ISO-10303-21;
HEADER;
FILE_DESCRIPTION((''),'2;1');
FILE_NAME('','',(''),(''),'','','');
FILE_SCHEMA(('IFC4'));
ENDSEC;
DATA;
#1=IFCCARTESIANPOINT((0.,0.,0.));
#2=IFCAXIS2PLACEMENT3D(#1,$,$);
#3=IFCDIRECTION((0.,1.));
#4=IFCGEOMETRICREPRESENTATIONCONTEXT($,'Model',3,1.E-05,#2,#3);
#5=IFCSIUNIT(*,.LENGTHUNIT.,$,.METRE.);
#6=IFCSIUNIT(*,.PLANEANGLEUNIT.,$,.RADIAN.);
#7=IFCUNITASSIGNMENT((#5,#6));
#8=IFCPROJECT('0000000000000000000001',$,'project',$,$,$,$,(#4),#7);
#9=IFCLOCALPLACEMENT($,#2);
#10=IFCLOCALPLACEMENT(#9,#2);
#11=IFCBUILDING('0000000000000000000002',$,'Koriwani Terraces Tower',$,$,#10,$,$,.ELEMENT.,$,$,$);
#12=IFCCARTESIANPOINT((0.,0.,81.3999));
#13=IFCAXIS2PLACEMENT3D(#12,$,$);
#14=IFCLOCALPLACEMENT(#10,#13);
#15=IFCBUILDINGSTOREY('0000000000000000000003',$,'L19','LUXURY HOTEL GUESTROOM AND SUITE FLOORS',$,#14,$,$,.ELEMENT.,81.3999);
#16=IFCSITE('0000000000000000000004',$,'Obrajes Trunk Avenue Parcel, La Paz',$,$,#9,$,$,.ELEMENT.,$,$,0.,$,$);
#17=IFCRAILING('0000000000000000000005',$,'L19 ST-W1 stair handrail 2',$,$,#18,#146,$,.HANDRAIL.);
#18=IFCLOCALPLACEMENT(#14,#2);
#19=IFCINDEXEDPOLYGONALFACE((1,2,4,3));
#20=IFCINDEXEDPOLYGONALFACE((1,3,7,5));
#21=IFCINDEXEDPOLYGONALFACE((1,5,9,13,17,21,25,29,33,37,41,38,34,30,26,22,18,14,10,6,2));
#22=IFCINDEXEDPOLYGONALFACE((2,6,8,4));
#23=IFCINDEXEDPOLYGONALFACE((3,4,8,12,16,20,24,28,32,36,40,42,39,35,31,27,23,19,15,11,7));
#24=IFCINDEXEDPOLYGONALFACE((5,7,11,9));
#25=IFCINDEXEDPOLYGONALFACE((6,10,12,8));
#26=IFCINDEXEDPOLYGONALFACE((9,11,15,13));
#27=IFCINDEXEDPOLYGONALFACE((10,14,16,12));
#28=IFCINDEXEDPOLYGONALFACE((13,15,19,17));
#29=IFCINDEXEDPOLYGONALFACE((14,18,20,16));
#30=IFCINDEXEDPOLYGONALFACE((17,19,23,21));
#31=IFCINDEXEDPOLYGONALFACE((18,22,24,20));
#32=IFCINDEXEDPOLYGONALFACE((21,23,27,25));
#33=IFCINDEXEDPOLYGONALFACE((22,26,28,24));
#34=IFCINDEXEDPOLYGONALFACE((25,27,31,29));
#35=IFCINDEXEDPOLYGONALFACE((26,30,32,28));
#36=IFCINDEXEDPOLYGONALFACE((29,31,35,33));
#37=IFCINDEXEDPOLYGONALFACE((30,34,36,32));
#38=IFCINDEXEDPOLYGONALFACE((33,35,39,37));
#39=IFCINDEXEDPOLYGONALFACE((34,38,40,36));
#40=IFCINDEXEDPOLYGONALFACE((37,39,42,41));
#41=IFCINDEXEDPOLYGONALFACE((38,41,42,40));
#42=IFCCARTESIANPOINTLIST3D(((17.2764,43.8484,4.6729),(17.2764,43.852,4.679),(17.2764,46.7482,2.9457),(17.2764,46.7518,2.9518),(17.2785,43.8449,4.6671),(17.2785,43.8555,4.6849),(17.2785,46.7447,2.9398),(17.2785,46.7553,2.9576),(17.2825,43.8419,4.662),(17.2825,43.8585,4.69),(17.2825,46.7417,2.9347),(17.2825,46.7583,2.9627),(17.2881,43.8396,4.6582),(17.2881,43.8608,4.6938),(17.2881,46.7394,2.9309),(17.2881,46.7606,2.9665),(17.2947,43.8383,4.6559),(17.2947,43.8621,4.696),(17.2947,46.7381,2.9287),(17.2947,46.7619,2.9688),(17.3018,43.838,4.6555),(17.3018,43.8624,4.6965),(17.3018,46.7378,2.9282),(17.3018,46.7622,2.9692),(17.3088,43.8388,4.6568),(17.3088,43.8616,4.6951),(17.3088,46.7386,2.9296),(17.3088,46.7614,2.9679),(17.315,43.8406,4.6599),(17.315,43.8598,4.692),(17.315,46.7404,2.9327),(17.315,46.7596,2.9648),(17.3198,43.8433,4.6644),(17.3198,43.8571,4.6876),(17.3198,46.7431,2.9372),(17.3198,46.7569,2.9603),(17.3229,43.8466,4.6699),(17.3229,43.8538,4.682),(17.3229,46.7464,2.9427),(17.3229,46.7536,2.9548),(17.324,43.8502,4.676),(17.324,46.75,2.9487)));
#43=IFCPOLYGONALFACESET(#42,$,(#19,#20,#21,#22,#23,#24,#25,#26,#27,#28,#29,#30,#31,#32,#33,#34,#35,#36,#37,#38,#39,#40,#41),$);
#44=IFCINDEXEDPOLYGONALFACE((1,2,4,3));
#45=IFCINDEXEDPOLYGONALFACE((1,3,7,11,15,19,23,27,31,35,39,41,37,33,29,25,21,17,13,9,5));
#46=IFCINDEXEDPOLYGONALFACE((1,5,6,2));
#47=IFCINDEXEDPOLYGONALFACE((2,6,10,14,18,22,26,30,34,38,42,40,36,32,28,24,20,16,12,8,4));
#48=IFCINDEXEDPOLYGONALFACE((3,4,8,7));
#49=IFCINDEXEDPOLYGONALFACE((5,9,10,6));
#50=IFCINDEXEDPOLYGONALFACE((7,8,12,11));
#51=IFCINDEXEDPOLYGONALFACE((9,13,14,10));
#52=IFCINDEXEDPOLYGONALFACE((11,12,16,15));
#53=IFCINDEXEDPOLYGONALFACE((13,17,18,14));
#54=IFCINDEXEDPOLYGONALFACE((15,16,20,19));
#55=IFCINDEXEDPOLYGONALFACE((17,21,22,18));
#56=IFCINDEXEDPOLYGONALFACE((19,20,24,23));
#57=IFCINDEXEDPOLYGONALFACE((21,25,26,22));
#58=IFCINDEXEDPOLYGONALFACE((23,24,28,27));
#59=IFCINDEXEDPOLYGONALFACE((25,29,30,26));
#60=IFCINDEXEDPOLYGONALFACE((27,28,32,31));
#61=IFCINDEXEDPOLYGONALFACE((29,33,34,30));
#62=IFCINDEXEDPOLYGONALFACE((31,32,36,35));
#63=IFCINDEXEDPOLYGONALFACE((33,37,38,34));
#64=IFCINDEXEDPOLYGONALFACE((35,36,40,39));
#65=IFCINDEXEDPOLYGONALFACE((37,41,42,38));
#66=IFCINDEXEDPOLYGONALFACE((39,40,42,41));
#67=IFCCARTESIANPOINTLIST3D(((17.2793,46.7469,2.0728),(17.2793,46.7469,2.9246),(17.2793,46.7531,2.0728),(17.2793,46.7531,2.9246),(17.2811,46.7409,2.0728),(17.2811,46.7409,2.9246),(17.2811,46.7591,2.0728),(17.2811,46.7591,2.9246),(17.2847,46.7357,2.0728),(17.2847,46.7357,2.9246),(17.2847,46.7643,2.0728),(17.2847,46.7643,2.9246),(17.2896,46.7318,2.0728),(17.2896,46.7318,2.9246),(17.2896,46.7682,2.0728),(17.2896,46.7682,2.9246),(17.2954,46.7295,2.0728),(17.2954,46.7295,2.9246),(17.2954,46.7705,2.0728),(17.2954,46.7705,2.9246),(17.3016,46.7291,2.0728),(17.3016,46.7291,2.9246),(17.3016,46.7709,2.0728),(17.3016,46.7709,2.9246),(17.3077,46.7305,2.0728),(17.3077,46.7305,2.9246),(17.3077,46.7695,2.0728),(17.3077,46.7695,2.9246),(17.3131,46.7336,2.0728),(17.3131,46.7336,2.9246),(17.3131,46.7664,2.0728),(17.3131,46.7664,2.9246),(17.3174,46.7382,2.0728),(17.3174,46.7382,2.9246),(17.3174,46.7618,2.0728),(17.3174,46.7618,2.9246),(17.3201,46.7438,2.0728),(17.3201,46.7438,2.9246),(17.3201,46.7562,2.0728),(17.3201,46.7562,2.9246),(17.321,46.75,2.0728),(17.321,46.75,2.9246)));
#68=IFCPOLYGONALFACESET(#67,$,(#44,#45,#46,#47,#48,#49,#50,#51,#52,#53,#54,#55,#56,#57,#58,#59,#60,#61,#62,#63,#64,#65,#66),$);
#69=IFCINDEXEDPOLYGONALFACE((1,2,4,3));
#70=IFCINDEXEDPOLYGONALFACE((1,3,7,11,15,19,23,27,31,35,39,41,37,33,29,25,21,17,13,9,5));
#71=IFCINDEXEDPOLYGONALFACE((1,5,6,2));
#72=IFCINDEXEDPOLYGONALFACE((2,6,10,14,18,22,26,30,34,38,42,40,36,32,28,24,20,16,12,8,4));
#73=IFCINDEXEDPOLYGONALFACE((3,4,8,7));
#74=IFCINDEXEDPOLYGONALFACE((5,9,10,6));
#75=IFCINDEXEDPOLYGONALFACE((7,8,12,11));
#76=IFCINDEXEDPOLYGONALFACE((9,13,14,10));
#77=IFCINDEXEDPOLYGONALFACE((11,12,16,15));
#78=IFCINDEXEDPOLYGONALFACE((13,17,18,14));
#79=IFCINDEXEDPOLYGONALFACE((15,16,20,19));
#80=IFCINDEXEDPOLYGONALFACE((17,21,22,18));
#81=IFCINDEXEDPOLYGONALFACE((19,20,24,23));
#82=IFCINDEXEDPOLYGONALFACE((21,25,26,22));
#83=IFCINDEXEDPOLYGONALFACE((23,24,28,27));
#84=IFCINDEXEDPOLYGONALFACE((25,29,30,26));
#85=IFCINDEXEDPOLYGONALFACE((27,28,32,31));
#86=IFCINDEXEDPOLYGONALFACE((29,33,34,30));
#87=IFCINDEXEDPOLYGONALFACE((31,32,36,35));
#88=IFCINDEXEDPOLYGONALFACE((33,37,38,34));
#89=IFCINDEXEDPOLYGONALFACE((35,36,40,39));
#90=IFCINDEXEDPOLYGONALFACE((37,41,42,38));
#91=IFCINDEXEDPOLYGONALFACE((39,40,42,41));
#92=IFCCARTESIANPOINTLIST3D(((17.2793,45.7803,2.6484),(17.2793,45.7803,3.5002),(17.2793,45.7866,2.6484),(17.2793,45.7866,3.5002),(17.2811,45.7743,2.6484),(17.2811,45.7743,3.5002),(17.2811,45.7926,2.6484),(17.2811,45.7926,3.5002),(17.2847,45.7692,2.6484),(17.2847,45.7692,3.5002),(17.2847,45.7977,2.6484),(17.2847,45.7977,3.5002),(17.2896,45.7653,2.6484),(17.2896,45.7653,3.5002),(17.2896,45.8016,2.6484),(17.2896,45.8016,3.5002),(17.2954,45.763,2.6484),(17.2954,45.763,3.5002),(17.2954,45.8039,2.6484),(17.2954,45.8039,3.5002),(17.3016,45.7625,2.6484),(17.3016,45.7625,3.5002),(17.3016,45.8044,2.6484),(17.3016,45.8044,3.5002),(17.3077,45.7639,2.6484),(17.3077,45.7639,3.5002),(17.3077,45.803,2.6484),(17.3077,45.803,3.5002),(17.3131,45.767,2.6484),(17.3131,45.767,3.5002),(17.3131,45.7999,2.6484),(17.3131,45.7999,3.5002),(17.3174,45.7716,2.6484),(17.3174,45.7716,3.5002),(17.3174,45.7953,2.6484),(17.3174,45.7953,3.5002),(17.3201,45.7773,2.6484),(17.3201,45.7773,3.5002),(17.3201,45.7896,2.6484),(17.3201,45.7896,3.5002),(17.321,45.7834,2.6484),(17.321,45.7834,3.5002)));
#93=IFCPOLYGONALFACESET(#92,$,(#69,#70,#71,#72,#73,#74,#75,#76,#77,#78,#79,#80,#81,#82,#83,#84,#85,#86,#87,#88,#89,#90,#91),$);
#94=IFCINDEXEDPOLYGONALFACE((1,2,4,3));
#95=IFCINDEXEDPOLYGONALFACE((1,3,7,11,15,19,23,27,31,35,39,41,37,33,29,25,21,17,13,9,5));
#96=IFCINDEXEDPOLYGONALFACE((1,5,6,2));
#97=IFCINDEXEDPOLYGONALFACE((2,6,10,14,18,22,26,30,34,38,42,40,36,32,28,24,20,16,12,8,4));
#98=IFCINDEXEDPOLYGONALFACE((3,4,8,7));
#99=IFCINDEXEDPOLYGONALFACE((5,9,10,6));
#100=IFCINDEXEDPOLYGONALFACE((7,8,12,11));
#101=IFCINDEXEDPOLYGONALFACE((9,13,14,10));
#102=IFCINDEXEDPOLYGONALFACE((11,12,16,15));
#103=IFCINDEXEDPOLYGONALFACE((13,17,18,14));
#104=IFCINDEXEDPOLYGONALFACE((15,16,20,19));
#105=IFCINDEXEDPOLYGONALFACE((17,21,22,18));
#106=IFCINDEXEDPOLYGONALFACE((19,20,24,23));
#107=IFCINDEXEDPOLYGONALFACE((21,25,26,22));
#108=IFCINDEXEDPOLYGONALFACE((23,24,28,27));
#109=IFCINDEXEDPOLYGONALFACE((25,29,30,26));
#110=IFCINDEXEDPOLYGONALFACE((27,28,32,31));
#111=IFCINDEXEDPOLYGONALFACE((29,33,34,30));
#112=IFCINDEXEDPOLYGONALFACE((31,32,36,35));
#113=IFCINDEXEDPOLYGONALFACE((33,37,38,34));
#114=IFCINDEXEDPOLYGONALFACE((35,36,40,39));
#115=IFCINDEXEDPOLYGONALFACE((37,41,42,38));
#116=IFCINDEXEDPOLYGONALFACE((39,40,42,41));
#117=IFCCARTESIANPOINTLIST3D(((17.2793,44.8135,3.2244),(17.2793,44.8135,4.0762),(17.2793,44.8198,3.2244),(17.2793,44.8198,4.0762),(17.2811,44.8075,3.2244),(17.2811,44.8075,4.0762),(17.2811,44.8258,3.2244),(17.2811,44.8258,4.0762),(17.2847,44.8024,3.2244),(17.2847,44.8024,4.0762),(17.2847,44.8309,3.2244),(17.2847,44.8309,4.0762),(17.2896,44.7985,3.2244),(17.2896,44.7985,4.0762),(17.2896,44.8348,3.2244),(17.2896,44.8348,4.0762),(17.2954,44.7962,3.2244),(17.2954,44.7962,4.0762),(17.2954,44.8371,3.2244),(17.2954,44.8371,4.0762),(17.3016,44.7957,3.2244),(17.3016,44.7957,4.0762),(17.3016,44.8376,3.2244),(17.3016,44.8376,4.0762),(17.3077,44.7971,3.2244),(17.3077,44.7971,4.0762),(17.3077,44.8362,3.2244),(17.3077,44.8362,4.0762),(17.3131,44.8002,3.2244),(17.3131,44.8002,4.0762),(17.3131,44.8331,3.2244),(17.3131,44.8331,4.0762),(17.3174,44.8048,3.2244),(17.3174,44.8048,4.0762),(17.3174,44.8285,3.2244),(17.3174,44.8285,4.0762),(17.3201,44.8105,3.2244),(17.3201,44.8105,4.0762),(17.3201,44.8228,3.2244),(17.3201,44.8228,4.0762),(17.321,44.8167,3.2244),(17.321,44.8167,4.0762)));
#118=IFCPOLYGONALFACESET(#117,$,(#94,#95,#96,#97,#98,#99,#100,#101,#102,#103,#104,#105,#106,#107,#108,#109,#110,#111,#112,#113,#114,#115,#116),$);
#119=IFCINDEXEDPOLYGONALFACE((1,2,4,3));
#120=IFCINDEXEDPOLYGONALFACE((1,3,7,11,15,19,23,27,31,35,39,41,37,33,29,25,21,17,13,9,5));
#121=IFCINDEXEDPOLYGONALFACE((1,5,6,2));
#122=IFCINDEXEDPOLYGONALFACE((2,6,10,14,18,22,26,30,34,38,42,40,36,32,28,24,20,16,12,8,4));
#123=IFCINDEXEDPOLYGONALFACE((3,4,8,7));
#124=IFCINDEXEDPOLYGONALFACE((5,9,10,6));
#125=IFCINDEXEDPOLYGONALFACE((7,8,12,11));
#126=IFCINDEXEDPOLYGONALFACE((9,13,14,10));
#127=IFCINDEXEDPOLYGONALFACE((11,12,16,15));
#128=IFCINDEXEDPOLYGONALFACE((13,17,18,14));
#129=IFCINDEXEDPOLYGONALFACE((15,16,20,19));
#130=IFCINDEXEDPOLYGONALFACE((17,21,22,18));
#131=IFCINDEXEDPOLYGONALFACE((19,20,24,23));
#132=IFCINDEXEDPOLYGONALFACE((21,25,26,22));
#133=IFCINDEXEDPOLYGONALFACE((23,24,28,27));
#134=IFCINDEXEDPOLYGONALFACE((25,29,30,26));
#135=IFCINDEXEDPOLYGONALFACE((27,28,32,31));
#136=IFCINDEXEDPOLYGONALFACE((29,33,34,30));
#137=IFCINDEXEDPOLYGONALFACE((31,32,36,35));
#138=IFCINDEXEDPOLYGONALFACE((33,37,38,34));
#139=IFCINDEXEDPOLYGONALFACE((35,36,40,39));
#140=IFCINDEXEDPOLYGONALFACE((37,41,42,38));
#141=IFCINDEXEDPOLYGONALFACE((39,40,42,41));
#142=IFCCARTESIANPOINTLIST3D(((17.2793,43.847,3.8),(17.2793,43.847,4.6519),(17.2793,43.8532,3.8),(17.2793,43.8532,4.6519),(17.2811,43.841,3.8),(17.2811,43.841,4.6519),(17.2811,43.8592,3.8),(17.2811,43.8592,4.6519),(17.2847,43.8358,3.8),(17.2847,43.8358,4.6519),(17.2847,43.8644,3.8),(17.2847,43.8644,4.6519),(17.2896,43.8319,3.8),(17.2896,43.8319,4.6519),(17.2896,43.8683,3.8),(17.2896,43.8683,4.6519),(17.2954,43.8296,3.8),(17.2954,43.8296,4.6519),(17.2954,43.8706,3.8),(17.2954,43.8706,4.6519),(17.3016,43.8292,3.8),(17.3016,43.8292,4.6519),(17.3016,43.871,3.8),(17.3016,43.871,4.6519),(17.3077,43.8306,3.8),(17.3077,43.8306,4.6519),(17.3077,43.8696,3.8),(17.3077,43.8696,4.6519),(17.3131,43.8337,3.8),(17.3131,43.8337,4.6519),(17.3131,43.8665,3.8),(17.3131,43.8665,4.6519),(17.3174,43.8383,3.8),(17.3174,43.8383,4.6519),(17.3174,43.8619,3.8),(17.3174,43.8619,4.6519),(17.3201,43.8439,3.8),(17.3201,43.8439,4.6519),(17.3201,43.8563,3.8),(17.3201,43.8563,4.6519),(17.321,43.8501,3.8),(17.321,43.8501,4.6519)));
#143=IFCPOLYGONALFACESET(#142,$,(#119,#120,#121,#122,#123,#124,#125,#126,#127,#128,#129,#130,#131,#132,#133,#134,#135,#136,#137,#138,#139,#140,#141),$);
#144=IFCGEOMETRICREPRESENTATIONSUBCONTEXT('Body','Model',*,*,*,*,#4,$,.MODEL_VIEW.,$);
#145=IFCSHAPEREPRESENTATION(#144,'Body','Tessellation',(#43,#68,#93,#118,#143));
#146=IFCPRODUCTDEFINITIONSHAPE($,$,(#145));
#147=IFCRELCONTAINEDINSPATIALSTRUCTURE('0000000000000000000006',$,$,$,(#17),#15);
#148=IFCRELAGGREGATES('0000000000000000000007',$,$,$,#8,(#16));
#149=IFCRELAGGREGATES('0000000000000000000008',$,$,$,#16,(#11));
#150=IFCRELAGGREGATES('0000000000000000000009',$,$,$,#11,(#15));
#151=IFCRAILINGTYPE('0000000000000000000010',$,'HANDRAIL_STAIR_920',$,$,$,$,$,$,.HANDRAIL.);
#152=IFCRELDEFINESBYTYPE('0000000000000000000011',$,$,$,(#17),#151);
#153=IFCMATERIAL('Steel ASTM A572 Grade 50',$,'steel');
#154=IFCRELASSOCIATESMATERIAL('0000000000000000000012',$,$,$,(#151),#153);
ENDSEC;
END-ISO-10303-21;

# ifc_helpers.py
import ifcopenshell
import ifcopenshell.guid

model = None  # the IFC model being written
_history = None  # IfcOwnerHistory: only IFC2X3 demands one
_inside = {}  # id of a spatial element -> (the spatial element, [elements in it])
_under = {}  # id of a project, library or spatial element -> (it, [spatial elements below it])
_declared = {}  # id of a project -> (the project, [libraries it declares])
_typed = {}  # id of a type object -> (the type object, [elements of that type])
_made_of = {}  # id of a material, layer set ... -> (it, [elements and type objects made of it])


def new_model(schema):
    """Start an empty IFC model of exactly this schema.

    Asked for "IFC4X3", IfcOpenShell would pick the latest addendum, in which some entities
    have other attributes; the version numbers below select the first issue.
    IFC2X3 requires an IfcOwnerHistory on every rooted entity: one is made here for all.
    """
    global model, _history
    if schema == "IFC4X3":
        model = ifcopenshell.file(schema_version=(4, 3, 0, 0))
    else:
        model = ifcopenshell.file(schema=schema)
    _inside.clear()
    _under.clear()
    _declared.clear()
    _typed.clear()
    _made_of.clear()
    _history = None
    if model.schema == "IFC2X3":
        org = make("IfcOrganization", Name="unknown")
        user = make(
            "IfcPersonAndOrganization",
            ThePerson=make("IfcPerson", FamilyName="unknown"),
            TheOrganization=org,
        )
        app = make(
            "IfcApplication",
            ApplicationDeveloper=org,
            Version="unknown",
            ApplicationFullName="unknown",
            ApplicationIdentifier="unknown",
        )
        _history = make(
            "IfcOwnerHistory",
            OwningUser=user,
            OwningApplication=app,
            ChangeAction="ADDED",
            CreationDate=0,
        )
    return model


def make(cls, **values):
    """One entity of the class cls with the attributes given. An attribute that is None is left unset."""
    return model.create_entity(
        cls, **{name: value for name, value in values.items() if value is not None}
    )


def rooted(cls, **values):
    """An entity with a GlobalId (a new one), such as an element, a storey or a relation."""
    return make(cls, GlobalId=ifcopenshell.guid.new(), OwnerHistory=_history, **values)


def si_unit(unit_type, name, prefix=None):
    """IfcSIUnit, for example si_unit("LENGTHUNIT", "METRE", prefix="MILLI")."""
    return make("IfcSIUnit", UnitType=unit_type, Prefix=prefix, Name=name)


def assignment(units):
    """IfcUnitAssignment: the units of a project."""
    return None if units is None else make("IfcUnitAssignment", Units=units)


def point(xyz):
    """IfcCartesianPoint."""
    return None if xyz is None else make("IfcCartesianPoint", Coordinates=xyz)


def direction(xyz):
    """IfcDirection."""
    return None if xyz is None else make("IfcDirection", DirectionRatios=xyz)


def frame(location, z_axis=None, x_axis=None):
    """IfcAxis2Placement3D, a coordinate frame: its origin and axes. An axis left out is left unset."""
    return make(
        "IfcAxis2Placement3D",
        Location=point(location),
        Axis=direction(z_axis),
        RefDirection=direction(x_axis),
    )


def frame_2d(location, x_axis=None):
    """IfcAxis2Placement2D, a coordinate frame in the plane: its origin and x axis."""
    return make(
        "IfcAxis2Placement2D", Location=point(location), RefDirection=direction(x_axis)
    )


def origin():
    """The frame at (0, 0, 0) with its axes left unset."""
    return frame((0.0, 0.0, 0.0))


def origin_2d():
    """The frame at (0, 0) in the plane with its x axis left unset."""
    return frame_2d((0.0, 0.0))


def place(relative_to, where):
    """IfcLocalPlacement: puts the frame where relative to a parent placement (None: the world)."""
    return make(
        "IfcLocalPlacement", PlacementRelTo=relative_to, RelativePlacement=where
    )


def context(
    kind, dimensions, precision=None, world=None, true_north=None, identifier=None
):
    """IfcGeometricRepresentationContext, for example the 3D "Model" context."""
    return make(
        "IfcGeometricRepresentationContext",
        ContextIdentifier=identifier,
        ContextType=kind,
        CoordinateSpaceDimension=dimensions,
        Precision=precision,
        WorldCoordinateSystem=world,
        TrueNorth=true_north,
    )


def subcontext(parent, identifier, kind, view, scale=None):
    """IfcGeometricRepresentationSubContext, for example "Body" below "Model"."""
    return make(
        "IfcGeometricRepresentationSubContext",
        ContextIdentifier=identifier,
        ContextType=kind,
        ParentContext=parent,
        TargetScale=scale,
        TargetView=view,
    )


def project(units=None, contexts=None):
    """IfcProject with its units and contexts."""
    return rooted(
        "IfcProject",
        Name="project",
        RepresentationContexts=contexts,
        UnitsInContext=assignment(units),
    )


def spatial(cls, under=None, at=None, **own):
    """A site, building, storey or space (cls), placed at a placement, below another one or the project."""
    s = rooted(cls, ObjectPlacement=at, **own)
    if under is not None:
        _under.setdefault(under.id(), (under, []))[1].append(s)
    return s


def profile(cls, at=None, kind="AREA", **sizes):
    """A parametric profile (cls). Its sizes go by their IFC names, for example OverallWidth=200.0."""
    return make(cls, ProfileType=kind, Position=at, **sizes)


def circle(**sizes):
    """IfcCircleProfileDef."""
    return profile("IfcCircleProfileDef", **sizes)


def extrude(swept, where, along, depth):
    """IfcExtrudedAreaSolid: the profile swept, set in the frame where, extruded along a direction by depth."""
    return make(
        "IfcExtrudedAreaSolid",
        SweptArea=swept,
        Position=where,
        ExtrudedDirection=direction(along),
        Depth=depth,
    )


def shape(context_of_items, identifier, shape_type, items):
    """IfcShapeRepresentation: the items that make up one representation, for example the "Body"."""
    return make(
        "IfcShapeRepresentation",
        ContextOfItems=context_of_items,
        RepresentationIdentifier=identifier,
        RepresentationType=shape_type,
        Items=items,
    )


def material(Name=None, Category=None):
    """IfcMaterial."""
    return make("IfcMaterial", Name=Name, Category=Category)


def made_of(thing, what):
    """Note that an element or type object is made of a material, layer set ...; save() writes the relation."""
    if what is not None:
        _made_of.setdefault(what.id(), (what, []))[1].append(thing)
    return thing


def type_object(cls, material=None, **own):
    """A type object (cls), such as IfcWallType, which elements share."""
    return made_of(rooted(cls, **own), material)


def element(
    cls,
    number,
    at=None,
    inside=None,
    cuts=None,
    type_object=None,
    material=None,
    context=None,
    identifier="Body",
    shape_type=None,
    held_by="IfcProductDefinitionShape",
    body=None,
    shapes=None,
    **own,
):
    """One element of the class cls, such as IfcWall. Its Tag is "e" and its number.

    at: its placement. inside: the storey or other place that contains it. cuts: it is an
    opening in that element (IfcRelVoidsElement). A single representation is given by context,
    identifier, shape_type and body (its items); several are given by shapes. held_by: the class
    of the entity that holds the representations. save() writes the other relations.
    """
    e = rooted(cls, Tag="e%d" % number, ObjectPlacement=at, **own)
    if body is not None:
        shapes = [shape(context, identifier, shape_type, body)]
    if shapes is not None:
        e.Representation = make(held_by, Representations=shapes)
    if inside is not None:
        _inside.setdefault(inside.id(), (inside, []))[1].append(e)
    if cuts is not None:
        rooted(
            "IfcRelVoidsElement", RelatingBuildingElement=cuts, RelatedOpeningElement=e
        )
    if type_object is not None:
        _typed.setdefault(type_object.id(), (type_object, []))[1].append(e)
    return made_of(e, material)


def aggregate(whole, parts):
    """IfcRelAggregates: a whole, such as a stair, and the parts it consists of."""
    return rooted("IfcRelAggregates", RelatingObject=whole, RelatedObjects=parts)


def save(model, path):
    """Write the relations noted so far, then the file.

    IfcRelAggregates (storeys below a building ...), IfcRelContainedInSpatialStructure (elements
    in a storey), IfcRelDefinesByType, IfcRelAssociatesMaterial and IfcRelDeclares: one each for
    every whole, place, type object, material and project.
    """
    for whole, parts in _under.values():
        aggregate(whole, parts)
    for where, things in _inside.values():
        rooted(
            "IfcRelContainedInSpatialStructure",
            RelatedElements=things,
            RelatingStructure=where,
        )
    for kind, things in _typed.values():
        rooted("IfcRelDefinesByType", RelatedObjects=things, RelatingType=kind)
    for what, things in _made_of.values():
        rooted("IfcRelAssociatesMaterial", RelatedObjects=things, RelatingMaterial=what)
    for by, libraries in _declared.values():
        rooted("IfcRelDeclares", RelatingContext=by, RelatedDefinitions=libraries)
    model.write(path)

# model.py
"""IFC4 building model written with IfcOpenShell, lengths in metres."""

from ifc_helpers import new_model, si_unit, direction, frame, origin, origin_2d, place, context, subcontext, project, spatial, circle, extrude, material, type_object, element, save


model = new_model("IFC4")

# Units and contexts
model_context = context("Model", 3, precision=1e-05, world=origin(), true_north=direction((0.0, 1.0)))
body_context = subcontext(model_context, "Body", "Model", "MODEL_VIEW")
ifc_project = project(units=[si_unit("LENGTHUNIT", "METRE"), si_unit("PLANEANGLEUNIT", "RADIAN")], contexts=[model_context])

# Site, building, storey
site_placement = place(None, origin())
site = spatial("IfcSite", under=ifc_project, at=site_placement, Name="Obrajes Trunk Avenue Parcel, La Paz", CompositionType="ELEMENT", RefElevation=0.0)
building_placement = place(site_placement, origin())
building = spatial("IfcBuilding", under=site, at=building_placement, Name="Koriwani Terraces Tower", CompositionType="ELEMENT")
storey_placement = place(building_placement, frame((0.0, 0.0, 81.3999)))
storey = spatial("IfcBuildingStorey", under=building, at=storey_placement, Name="L19", Description="LUXURY HOTEL GUESTROOM AND SUITE FLOORS", CompositionType="ELEMENT", Elevation=81.3999)

# Shared definitions
ifc_material_1 = material(Name="Steel ASTM A572 Grade 50", Category="steel")

# Railing
railing_type_1 = type_object("IfcRailingType", Name="HANDRAIL_STAIR_920", PredefinedType="HANDRAIL", material=ifc_material_1)
for number, where, name in (
    (1, (17.3, 46.75, 2.0728), "L19 ST-W1 stair handrail 2"),
):
    element("IfcRailing", number, at=place(storey_placement, frame(where)), inside=storey, type_object=railing_type_1, Name=name, PredefinedType="HANDRAIL", context=body_context, shape_type="SweptSolid", body=[
        extrude(circle(Radius=0.0239, at=origin_2d()), frame((0.0, 0.0, 0.876), z_axis=(0.0, -0.859141, 0.511738), x_axis=(1.0, 0.0, 0.0)), (0.0, 0.0, 1.0), 3.3752),
        extrude(circle(Radius=0.021, at=origin_2d()), origin(), (0.0, 0.0, 1.0), 0.8518),
        extrude(circle(Radius=0.021, at=origin_2d()), frame((0.0, -0.9666, 0.5757)), (0.0, 0.0, 1.0), 0.8518),
        extrude(circle(Radius=0.021, at=origin_2d()), frame((0.0, -1.9333, 1.1516)), (0.0, 0.0, 1.0), 0.8518),
        extrude(circle(Radius=0.021, at=origin_2d()), frame((0.0, -2.8999, 1.7273)), (0.0, 0.0, 1.0), 0.8518),
    ])

save(model, "model.ifc")
